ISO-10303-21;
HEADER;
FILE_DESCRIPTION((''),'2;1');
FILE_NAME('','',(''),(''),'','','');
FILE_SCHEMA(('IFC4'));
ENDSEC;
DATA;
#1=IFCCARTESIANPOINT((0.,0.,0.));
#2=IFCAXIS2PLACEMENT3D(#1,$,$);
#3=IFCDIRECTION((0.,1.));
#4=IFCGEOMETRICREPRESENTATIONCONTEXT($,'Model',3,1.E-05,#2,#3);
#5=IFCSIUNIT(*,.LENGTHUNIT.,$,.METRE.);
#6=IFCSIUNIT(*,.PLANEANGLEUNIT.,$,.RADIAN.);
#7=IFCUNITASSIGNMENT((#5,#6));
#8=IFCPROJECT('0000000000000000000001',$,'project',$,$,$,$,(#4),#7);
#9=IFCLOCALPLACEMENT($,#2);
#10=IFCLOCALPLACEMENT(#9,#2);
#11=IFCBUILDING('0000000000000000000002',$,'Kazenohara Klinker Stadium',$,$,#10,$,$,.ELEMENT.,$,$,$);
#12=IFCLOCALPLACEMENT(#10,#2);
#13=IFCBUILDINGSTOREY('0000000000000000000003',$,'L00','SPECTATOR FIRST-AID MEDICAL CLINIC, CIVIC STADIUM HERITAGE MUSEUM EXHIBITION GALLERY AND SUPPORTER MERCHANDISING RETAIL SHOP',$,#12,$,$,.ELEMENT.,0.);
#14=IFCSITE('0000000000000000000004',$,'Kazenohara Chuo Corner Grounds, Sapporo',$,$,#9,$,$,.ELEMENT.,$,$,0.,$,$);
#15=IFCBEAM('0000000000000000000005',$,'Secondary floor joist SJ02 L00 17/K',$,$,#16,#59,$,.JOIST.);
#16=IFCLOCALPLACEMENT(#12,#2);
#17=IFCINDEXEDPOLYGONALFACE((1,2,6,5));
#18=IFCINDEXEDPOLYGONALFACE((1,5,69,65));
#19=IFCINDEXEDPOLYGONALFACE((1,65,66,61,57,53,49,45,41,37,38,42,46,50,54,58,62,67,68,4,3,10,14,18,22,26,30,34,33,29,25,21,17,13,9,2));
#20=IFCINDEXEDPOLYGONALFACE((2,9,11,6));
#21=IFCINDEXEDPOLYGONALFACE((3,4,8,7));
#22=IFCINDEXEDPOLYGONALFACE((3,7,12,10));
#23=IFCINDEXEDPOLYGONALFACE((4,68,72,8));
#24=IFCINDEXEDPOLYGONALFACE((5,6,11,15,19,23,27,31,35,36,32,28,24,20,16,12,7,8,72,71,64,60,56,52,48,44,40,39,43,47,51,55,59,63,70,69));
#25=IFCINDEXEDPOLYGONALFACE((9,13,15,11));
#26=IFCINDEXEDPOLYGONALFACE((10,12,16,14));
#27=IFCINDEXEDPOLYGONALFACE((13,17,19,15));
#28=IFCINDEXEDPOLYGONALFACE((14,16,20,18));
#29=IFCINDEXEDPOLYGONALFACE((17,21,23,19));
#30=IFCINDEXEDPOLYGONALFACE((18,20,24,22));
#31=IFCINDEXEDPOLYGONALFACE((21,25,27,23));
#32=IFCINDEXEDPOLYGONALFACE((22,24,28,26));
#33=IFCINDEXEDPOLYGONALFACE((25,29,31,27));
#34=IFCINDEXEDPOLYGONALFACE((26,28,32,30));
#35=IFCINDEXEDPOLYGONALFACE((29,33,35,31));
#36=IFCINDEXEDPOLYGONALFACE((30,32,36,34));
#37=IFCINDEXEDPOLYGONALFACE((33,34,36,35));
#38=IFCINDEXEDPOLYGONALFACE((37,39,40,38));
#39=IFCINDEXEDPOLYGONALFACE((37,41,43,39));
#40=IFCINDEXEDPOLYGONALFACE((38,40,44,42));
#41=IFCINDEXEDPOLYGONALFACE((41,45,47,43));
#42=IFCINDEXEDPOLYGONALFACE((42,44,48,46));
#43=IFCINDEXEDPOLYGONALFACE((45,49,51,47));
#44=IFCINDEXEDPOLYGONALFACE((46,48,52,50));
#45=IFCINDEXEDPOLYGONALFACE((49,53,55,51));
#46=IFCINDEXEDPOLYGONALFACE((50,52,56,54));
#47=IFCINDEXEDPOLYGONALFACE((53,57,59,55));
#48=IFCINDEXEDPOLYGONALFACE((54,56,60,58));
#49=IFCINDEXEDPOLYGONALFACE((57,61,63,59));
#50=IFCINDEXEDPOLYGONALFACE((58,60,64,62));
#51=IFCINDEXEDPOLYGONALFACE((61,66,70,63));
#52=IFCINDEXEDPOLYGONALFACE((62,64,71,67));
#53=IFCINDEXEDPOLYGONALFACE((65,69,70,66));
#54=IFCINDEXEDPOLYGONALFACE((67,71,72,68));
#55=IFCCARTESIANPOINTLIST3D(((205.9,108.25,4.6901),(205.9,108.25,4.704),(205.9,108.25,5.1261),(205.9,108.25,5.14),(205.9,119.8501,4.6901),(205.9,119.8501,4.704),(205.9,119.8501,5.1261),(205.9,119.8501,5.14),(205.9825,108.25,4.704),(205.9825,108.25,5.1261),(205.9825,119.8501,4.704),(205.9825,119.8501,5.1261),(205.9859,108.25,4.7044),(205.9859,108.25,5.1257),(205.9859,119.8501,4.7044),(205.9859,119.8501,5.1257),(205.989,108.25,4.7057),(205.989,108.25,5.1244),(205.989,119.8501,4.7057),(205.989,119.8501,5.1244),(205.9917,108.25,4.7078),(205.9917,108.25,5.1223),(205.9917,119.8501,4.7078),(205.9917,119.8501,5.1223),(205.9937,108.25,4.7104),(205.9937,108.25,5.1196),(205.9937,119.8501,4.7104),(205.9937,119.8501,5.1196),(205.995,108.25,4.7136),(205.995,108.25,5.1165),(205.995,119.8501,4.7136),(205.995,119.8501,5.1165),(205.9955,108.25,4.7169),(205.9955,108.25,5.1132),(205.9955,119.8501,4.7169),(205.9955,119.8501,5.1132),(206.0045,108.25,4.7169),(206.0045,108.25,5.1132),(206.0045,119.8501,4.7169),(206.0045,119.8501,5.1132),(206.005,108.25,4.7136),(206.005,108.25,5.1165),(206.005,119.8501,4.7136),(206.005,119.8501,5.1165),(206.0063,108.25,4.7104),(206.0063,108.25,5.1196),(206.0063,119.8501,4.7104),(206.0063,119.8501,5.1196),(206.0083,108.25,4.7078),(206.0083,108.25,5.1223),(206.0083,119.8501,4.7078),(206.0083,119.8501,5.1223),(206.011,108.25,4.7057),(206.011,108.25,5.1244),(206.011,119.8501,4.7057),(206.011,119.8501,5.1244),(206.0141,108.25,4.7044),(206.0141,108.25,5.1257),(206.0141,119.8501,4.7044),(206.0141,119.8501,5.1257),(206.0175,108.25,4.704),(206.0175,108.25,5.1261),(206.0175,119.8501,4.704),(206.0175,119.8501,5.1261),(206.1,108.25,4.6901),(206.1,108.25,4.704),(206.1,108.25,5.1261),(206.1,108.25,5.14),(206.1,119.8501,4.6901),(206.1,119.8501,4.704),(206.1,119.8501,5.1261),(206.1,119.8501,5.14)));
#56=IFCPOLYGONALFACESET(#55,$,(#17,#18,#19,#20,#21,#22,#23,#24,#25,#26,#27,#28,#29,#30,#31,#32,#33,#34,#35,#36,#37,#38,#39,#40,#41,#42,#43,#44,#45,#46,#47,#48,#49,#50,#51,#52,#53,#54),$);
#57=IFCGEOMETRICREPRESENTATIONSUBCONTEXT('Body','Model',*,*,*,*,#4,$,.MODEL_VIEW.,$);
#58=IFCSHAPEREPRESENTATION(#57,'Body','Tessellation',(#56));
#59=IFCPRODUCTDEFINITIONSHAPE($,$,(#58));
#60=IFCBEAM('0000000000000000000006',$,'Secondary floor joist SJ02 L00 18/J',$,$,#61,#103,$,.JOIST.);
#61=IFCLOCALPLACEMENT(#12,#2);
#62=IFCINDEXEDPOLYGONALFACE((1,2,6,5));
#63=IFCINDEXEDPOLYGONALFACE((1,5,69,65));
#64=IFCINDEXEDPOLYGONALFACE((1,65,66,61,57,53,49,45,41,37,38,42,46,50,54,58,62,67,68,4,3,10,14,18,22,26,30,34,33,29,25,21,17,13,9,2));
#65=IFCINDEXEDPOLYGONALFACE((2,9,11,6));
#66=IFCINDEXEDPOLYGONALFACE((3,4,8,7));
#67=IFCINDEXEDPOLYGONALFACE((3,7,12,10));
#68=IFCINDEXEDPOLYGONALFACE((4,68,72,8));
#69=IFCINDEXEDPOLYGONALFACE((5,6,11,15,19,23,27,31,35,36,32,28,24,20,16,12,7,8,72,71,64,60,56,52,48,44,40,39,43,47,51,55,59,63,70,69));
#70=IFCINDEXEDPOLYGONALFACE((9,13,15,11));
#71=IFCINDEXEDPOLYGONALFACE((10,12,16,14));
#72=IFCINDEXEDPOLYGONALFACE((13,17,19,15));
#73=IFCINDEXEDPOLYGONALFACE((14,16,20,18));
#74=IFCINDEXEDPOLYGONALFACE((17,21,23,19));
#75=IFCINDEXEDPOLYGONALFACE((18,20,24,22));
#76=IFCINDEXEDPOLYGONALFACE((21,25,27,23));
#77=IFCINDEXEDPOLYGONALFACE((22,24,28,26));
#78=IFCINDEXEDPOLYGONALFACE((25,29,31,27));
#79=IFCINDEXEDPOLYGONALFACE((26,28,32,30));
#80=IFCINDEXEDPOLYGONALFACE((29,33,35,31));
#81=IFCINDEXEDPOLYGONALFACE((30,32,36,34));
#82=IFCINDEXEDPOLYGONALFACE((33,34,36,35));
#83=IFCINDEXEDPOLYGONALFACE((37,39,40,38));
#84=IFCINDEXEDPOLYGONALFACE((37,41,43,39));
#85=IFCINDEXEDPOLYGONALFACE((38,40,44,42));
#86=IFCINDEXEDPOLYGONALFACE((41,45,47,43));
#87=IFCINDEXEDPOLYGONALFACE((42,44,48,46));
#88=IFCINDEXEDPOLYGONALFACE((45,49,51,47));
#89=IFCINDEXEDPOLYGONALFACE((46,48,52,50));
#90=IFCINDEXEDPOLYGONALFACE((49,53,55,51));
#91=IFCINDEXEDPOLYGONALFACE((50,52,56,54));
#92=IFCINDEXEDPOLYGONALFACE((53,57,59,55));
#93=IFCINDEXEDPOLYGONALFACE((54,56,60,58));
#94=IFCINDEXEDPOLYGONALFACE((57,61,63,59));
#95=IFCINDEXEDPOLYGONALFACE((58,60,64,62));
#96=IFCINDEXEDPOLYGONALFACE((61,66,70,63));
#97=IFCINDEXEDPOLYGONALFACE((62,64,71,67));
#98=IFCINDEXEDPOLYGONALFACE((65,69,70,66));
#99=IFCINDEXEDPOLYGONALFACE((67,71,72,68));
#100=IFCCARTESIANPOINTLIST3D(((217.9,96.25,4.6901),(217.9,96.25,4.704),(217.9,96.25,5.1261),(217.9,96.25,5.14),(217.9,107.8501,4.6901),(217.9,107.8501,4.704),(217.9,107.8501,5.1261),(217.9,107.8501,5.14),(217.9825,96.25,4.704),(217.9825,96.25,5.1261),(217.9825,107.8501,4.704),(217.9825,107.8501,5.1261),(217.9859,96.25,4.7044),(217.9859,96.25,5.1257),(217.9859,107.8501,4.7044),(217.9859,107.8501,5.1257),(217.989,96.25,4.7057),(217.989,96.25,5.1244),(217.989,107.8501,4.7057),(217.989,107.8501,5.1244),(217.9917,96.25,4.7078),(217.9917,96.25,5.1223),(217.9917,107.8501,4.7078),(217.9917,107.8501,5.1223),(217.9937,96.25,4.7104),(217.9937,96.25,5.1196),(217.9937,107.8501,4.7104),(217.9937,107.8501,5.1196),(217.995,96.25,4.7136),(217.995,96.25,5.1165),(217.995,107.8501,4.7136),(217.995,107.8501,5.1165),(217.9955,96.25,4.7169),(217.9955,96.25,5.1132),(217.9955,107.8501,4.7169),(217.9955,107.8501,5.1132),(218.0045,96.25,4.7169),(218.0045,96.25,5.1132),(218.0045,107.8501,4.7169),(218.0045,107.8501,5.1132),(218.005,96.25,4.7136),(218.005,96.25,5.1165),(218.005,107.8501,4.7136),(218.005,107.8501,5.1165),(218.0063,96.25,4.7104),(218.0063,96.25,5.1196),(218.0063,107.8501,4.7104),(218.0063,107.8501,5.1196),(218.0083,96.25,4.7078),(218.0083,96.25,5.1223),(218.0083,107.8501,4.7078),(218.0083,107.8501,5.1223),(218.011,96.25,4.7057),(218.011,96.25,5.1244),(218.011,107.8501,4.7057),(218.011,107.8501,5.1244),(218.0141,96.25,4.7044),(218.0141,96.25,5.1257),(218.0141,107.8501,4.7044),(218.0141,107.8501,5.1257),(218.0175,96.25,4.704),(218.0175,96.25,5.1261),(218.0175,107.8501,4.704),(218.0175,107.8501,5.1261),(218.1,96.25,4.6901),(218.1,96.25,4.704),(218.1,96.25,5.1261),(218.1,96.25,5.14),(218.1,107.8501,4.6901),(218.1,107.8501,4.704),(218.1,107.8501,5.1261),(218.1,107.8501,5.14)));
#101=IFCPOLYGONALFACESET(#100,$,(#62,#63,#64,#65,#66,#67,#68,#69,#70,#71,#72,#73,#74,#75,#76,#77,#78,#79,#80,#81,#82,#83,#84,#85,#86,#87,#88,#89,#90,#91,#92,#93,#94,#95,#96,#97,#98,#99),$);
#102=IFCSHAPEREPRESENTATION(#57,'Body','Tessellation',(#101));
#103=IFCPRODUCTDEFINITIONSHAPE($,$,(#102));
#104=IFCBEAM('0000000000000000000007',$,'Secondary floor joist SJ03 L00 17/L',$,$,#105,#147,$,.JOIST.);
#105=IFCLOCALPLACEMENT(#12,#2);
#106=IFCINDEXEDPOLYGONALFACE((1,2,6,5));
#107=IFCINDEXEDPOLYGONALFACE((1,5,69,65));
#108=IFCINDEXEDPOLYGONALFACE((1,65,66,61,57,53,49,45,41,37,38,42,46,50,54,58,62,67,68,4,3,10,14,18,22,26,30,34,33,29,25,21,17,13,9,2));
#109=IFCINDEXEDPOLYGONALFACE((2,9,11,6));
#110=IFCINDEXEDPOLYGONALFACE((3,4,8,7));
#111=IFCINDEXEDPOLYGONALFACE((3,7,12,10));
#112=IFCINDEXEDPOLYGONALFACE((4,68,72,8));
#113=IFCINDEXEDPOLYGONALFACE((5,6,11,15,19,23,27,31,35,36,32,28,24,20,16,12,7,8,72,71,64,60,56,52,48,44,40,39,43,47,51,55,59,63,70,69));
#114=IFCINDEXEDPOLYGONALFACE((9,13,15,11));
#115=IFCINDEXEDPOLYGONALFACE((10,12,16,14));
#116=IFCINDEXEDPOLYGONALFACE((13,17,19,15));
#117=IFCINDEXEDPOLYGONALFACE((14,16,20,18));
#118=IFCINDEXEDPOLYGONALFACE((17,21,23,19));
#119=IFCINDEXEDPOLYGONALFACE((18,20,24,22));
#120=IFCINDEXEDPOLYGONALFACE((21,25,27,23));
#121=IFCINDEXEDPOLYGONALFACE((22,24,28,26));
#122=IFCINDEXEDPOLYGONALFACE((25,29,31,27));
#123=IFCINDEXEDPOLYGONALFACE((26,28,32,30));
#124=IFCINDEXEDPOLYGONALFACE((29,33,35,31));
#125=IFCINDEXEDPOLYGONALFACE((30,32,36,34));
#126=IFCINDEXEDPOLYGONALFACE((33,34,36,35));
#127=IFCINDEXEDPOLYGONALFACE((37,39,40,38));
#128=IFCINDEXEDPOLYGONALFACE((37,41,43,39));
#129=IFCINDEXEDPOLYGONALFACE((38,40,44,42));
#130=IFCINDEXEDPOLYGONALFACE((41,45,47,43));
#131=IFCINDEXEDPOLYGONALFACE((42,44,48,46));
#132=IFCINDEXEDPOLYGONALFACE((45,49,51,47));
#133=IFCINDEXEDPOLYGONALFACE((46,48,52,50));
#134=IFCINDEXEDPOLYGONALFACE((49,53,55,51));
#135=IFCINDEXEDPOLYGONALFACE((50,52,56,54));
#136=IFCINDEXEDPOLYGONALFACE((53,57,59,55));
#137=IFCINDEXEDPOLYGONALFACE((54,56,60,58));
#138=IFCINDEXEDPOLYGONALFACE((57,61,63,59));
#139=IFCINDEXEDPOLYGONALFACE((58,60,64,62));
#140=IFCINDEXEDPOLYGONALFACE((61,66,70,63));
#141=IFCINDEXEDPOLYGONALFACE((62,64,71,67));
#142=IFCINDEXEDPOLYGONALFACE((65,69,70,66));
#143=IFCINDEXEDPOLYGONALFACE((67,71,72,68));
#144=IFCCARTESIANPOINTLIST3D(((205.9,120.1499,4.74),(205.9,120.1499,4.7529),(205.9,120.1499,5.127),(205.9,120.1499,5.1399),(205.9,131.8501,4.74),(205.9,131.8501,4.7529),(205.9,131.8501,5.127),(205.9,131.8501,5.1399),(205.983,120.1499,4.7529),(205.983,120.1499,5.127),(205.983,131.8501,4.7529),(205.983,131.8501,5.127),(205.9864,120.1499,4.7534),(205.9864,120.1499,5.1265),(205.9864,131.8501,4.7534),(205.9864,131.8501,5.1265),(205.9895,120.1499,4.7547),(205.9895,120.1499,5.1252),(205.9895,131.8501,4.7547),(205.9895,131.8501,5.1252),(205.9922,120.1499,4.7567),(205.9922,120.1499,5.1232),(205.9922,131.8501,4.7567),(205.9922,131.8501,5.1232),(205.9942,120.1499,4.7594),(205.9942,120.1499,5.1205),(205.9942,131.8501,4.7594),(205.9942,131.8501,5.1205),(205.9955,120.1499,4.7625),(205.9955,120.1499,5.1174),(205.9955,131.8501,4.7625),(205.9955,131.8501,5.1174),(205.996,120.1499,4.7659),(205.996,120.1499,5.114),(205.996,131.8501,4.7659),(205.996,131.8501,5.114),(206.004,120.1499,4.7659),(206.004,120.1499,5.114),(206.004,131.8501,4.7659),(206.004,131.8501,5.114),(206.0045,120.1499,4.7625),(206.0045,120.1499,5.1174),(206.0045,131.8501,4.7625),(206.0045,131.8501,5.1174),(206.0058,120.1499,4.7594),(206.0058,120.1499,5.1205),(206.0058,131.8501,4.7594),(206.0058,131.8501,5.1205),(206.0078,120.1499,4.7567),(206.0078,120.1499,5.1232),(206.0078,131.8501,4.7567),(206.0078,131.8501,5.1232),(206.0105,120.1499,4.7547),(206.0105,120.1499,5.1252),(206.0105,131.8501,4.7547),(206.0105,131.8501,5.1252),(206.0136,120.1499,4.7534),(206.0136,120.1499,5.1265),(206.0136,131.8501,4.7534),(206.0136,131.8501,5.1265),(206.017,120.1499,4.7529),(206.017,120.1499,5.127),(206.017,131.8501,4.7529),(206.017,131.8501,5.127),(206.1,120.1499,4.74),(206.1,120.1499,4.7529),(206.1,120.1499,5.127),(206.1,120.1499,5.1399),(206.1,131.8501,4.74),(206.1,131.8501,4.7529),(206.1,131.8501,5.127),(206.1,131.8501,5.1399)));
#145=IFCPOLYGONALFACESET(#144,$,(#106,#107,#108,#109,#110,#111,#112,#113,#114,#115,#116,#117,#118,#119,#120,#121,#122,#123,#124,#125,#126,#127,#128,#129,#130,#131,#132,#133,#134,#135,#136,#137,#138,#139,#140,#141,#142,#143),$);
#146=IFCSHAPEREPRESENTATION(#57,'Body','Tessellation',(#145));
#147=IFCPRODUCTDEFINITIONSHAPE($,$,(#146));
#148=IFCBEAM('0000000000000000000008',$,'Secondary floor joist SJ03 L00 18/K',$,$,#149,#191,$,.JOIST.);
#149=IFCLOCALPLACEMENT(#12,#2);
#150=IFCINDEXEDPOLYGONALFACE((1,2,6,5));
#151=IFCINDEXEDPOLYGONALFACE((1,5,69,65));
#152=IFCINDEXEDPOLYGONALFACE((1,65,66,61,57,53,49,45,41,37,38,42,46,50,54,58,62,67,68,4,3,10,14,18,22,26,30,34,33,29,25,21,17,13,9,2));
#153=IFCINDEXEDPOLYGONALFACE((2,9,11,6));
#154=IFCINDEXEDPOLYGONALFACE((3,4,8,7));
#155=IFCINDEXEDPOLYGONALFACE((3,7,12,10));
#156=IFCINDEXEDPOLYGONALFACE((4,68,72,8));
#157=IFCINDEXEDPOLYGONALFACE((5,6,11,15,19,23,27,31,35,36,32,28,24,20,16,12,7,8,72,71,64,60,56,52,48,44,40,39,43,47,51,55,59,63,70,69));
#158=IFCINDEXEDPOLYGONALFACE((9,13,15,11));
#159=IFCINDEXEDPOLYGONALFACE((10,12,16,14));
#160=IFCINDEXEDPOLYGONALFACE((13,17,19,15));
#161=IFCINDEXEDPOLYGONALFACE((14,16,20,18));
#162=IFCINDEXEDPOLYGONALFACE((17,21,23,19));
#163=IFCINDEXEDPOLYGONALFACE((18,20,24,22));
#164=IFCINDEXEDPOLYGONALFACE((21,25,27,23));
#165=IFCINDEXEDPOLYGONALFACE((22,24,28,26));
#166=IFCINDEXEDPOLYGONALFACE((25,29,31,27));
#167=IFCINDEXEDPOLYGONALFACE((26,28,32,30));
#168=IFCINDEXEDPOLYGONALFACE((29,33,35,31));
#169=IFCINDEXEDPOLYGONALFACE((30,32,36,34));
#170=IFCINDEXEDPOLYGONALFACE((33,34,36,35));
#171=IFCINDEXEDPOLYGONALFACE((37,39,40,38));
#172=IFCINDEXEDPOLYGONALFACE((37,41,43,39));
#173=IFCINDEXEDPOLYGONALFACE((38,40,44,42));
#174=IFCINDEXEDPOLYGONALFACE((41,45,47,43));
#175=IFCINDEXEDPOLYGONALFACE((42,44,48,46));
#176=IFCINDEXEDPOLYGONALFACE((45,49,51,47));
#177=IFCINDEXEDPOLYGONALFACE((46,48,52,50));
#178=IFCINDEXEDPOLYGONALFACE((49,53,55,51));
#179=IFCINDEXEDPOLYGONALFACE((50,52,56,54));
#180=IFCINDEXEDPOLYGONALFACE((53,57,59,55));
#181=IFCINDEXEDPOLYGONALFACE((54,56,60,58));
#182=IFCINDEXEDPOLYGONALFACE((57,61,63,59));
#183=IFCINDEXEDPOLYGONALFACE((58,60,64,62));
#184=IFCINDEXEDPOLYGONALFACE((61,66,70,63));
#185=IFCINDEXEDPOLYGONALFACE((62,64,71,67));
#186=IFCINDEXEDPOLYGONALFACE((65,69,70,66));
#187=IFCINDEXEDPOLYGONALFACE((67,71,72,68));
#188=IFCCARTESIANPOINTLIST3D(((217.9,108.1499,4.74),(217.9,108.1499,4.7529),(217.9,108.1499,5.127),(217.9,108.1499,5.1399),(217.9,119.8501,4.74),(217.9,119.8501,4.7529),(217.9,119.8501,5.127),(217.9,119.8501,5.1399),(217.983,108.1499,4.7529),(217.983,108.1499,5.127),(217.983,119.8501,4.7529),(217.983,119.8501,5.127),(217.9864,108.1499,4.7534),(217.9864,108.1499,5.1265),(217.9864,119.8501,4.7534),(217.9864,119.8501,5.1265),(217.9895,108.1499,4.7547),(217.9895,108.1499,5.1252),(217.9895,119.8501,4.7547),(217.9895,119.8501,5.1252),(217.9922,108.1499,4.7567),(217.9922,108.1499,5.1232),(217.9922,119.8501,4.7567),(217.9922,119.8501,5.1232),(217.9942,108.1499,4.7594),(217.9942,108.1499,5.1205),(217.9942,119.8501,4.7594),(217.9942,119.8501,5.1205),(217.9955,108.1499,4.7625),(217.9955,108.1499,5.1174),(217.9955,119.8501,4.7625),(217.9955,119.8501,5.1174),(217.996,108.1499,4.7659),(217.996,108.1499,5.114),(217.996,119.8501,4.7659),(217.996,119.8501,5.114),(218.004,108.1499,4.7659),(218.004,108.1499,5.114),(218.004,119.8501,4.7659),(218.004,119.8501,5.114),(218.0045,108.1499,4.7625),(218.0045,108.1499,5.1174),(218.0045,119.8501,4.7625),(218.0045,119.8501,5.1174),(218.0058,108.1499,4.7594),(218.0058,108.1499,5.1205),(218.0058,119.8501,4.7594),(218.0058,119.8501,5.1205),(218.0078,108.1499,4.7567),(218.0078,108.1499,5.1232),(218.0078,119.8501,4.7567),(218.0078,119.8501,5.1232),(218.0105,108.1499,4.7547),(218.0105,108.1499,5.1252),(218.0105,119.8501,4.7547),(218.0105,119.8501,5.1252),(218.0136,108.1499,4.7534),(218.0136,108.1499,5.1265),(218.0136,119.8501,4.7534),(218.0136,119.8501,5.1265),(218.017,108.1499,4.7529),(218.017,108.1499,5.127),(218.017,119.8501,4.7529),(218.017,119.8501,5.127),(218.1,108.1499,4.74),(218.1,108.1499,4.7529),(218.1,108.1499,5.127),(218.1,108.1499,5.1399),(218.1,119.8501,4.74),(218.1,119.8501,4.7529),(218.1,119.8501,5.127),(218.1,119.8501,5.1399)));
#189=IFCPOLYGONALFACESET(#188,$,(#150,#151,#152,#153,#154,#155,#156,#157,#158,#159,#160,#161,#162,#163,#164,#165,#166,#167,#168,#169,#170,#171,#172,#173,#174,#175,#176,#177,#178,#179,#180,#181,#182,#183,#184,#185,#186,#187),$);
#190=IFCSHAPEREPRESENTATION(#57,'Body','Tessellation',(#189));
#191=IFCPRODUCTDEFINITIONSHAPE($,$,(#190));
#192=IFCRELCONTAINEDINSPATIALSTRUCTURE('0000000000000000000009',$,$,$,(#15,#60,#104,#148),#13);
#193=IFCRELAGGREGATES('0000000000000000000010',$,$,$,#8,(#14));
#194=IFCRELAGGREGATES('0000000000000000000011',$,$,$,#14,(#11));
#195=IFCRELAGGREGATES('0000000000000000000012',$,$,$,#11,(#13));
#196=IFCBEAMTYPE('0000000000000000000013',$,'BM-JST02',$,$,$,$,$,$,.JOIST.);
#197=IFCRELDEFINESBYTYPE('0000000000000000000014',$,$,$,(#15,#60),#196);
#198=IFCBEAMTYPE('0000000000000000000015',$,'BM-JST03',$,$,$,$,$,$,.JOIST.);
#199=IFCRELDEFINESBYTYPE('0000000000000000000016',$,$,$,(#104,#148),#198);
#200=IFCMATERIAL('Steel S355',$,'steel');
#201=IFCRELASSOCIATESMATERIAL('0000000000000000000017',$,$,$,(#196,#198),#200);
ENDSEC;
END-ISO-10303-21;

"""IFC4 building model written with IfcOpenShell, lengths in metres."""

from ifc_helpers import new_model, si_unit, direction, frame, origin, origin_2d, place, context, subcontext, project, spatial, i_section, extrude, material, material_profile, profile_set, type_object, element, save


model = new_model("IFC4")

# Units and contexts
model_context = context("Model", 3, precision=1e-05, world=origin(), true_north=direction((0.0, 1.0)))
body_context = subcontext(model_context, "Body", "Model", "MODEL_VIEW")
ifc_project = project(units=[si_unit("LENGTHUNIT", "METRE"), si_unit("PLANEANGLEUNIT", "RADIAN")], contexts=[model_context])

# Site, building, storey
site_placement = place(None, origin())
site = spatial("IfcSite", under=ifc_project, at=site_placement, Name="Kazenohara Chuo Corner Grounds, Sapporo", CompositionType="ELEMENT", RefElevation=0.0)
building_placement = place(site_placement, origin())
building = spatial("IfcBuilding", under=site, at=building_placement, Name="Kazenohara Klinker Stadium", CompositionType="ELEMENT")
storey_placement = place(building_placement, origin())
storey = spatial("IfcBuildingStorey", under=building, at=storey_placement, Name="L00", Description="SPECTATOR FIRST-AID MEDICAL CLINIC, CIVIC STADIUM HERITAGE MUSEUM EXHIBITION GALLERY AND SUPPORTER MERCHANDISING RETAIL SHOP", CompositionType="ELEMENT", Elevation=0.0)

# Beams
ifc_material_1 = material(Name="Steel S355", Category="steel")
ifc_material_profile_1 = material_profile(ifc_material_1, i_section(OverallWidth=0.2, OverallDepth=0.45, WebThickness=0.009, FlangeThickness=0.0139, FilletRadius=0.0129, at=origin_2d()), Name="H-450x200x9x14")
ifc_profile_set_1 = profile_set([ifc_material_profile_1], Name="Steel S355")
beam_type_1 = type_object("IfcBeamType", Name="BM-JST02", PredefinedType="JOIST", material=ifc_profile_set_1)
for number, where, z_axis, x_axis, name in (
    (1, (206.0, 108.25, 4.915), (0.0, 1.0, 0.0), (-1.0, 0.0, 0.0), "Secondary floor joist SJ02 L00 17/K"),
    (2, (218.0, 96.25, 4.915), (0.0, 1.0, 0.0), (-1.0, 0.0, 0.0), "Secondary floor joist SJ02 L00 18/J"),
):
    element("IfcBeam", number, at=place(storey_placement, frame(where, z_axis=z_axis, x_axis=x_axis)), inside=storey, type_object=beam_type_1, Name=name, PredefinedType="JOIST", context=body_context, shape_type="SweptSolid", body=[
        extrude(i_section(OverallWidth=0.2, OverallDepth=0.45, WebThickness=0.009, FlangeThickness=0.0139, FilletRadius=0.0129, at=origin_2d()), origin(), (0.0, 0.0, 1.0), 11.6001),
    ])
ifc_material_profile_2 = material_profile(ifc_material_1, i_section(OverallWidth=0.2, OverallDepth=0.3999, WebThickness=0.0081, FlangeThickness=0.0129, FilletRadius=0.0129, at=origin_2d()), Name="H-400x200x8x13")
ifc_profile_set_2 = profile_set([ifc_material_profile_2], Name="Steel S355")
beam_type_2 = type_object("IfcBeamType", Name="BM-JST03", PredefinedType="JOIST", material=ifc_profile_set_2)
for number, where, z_axis, x_axis, name in (
    (3, (206.0, 120.1499, 4.9399), (0.0, 1.0, 0.0), (-1.0, 0.0, 0.0), "Secondary floor joist SJ03 L00 17/L"),
    (4, (218.0, 108.1499, 4.9399), (0.0, 1.0, 0.0), (-1.0, 0.0, 0.0), "Secondary floor joist SJ03 L00 18/K"),
):
    element("IfcBeam", number, at=place(storey_placement, frame(where, z_axis=z_axis, x_axis=x_axis)), inside=storey, type_object=beam_type_2, Name=name, PredefinedType="JOIST", context=body_context, shape_type="SweptSolid", body=[
        extrude(i_section(OverallWidth=0.2, OverallDepth=0.3999, WebThickness=0.0081, FlangeThickness=0.0129, FilletRadius=0.0129, at=origin_2d()), origin(), (0.0, 0.0, 1.0), 11.7002),
    ])

save(model, "model.ifc")
